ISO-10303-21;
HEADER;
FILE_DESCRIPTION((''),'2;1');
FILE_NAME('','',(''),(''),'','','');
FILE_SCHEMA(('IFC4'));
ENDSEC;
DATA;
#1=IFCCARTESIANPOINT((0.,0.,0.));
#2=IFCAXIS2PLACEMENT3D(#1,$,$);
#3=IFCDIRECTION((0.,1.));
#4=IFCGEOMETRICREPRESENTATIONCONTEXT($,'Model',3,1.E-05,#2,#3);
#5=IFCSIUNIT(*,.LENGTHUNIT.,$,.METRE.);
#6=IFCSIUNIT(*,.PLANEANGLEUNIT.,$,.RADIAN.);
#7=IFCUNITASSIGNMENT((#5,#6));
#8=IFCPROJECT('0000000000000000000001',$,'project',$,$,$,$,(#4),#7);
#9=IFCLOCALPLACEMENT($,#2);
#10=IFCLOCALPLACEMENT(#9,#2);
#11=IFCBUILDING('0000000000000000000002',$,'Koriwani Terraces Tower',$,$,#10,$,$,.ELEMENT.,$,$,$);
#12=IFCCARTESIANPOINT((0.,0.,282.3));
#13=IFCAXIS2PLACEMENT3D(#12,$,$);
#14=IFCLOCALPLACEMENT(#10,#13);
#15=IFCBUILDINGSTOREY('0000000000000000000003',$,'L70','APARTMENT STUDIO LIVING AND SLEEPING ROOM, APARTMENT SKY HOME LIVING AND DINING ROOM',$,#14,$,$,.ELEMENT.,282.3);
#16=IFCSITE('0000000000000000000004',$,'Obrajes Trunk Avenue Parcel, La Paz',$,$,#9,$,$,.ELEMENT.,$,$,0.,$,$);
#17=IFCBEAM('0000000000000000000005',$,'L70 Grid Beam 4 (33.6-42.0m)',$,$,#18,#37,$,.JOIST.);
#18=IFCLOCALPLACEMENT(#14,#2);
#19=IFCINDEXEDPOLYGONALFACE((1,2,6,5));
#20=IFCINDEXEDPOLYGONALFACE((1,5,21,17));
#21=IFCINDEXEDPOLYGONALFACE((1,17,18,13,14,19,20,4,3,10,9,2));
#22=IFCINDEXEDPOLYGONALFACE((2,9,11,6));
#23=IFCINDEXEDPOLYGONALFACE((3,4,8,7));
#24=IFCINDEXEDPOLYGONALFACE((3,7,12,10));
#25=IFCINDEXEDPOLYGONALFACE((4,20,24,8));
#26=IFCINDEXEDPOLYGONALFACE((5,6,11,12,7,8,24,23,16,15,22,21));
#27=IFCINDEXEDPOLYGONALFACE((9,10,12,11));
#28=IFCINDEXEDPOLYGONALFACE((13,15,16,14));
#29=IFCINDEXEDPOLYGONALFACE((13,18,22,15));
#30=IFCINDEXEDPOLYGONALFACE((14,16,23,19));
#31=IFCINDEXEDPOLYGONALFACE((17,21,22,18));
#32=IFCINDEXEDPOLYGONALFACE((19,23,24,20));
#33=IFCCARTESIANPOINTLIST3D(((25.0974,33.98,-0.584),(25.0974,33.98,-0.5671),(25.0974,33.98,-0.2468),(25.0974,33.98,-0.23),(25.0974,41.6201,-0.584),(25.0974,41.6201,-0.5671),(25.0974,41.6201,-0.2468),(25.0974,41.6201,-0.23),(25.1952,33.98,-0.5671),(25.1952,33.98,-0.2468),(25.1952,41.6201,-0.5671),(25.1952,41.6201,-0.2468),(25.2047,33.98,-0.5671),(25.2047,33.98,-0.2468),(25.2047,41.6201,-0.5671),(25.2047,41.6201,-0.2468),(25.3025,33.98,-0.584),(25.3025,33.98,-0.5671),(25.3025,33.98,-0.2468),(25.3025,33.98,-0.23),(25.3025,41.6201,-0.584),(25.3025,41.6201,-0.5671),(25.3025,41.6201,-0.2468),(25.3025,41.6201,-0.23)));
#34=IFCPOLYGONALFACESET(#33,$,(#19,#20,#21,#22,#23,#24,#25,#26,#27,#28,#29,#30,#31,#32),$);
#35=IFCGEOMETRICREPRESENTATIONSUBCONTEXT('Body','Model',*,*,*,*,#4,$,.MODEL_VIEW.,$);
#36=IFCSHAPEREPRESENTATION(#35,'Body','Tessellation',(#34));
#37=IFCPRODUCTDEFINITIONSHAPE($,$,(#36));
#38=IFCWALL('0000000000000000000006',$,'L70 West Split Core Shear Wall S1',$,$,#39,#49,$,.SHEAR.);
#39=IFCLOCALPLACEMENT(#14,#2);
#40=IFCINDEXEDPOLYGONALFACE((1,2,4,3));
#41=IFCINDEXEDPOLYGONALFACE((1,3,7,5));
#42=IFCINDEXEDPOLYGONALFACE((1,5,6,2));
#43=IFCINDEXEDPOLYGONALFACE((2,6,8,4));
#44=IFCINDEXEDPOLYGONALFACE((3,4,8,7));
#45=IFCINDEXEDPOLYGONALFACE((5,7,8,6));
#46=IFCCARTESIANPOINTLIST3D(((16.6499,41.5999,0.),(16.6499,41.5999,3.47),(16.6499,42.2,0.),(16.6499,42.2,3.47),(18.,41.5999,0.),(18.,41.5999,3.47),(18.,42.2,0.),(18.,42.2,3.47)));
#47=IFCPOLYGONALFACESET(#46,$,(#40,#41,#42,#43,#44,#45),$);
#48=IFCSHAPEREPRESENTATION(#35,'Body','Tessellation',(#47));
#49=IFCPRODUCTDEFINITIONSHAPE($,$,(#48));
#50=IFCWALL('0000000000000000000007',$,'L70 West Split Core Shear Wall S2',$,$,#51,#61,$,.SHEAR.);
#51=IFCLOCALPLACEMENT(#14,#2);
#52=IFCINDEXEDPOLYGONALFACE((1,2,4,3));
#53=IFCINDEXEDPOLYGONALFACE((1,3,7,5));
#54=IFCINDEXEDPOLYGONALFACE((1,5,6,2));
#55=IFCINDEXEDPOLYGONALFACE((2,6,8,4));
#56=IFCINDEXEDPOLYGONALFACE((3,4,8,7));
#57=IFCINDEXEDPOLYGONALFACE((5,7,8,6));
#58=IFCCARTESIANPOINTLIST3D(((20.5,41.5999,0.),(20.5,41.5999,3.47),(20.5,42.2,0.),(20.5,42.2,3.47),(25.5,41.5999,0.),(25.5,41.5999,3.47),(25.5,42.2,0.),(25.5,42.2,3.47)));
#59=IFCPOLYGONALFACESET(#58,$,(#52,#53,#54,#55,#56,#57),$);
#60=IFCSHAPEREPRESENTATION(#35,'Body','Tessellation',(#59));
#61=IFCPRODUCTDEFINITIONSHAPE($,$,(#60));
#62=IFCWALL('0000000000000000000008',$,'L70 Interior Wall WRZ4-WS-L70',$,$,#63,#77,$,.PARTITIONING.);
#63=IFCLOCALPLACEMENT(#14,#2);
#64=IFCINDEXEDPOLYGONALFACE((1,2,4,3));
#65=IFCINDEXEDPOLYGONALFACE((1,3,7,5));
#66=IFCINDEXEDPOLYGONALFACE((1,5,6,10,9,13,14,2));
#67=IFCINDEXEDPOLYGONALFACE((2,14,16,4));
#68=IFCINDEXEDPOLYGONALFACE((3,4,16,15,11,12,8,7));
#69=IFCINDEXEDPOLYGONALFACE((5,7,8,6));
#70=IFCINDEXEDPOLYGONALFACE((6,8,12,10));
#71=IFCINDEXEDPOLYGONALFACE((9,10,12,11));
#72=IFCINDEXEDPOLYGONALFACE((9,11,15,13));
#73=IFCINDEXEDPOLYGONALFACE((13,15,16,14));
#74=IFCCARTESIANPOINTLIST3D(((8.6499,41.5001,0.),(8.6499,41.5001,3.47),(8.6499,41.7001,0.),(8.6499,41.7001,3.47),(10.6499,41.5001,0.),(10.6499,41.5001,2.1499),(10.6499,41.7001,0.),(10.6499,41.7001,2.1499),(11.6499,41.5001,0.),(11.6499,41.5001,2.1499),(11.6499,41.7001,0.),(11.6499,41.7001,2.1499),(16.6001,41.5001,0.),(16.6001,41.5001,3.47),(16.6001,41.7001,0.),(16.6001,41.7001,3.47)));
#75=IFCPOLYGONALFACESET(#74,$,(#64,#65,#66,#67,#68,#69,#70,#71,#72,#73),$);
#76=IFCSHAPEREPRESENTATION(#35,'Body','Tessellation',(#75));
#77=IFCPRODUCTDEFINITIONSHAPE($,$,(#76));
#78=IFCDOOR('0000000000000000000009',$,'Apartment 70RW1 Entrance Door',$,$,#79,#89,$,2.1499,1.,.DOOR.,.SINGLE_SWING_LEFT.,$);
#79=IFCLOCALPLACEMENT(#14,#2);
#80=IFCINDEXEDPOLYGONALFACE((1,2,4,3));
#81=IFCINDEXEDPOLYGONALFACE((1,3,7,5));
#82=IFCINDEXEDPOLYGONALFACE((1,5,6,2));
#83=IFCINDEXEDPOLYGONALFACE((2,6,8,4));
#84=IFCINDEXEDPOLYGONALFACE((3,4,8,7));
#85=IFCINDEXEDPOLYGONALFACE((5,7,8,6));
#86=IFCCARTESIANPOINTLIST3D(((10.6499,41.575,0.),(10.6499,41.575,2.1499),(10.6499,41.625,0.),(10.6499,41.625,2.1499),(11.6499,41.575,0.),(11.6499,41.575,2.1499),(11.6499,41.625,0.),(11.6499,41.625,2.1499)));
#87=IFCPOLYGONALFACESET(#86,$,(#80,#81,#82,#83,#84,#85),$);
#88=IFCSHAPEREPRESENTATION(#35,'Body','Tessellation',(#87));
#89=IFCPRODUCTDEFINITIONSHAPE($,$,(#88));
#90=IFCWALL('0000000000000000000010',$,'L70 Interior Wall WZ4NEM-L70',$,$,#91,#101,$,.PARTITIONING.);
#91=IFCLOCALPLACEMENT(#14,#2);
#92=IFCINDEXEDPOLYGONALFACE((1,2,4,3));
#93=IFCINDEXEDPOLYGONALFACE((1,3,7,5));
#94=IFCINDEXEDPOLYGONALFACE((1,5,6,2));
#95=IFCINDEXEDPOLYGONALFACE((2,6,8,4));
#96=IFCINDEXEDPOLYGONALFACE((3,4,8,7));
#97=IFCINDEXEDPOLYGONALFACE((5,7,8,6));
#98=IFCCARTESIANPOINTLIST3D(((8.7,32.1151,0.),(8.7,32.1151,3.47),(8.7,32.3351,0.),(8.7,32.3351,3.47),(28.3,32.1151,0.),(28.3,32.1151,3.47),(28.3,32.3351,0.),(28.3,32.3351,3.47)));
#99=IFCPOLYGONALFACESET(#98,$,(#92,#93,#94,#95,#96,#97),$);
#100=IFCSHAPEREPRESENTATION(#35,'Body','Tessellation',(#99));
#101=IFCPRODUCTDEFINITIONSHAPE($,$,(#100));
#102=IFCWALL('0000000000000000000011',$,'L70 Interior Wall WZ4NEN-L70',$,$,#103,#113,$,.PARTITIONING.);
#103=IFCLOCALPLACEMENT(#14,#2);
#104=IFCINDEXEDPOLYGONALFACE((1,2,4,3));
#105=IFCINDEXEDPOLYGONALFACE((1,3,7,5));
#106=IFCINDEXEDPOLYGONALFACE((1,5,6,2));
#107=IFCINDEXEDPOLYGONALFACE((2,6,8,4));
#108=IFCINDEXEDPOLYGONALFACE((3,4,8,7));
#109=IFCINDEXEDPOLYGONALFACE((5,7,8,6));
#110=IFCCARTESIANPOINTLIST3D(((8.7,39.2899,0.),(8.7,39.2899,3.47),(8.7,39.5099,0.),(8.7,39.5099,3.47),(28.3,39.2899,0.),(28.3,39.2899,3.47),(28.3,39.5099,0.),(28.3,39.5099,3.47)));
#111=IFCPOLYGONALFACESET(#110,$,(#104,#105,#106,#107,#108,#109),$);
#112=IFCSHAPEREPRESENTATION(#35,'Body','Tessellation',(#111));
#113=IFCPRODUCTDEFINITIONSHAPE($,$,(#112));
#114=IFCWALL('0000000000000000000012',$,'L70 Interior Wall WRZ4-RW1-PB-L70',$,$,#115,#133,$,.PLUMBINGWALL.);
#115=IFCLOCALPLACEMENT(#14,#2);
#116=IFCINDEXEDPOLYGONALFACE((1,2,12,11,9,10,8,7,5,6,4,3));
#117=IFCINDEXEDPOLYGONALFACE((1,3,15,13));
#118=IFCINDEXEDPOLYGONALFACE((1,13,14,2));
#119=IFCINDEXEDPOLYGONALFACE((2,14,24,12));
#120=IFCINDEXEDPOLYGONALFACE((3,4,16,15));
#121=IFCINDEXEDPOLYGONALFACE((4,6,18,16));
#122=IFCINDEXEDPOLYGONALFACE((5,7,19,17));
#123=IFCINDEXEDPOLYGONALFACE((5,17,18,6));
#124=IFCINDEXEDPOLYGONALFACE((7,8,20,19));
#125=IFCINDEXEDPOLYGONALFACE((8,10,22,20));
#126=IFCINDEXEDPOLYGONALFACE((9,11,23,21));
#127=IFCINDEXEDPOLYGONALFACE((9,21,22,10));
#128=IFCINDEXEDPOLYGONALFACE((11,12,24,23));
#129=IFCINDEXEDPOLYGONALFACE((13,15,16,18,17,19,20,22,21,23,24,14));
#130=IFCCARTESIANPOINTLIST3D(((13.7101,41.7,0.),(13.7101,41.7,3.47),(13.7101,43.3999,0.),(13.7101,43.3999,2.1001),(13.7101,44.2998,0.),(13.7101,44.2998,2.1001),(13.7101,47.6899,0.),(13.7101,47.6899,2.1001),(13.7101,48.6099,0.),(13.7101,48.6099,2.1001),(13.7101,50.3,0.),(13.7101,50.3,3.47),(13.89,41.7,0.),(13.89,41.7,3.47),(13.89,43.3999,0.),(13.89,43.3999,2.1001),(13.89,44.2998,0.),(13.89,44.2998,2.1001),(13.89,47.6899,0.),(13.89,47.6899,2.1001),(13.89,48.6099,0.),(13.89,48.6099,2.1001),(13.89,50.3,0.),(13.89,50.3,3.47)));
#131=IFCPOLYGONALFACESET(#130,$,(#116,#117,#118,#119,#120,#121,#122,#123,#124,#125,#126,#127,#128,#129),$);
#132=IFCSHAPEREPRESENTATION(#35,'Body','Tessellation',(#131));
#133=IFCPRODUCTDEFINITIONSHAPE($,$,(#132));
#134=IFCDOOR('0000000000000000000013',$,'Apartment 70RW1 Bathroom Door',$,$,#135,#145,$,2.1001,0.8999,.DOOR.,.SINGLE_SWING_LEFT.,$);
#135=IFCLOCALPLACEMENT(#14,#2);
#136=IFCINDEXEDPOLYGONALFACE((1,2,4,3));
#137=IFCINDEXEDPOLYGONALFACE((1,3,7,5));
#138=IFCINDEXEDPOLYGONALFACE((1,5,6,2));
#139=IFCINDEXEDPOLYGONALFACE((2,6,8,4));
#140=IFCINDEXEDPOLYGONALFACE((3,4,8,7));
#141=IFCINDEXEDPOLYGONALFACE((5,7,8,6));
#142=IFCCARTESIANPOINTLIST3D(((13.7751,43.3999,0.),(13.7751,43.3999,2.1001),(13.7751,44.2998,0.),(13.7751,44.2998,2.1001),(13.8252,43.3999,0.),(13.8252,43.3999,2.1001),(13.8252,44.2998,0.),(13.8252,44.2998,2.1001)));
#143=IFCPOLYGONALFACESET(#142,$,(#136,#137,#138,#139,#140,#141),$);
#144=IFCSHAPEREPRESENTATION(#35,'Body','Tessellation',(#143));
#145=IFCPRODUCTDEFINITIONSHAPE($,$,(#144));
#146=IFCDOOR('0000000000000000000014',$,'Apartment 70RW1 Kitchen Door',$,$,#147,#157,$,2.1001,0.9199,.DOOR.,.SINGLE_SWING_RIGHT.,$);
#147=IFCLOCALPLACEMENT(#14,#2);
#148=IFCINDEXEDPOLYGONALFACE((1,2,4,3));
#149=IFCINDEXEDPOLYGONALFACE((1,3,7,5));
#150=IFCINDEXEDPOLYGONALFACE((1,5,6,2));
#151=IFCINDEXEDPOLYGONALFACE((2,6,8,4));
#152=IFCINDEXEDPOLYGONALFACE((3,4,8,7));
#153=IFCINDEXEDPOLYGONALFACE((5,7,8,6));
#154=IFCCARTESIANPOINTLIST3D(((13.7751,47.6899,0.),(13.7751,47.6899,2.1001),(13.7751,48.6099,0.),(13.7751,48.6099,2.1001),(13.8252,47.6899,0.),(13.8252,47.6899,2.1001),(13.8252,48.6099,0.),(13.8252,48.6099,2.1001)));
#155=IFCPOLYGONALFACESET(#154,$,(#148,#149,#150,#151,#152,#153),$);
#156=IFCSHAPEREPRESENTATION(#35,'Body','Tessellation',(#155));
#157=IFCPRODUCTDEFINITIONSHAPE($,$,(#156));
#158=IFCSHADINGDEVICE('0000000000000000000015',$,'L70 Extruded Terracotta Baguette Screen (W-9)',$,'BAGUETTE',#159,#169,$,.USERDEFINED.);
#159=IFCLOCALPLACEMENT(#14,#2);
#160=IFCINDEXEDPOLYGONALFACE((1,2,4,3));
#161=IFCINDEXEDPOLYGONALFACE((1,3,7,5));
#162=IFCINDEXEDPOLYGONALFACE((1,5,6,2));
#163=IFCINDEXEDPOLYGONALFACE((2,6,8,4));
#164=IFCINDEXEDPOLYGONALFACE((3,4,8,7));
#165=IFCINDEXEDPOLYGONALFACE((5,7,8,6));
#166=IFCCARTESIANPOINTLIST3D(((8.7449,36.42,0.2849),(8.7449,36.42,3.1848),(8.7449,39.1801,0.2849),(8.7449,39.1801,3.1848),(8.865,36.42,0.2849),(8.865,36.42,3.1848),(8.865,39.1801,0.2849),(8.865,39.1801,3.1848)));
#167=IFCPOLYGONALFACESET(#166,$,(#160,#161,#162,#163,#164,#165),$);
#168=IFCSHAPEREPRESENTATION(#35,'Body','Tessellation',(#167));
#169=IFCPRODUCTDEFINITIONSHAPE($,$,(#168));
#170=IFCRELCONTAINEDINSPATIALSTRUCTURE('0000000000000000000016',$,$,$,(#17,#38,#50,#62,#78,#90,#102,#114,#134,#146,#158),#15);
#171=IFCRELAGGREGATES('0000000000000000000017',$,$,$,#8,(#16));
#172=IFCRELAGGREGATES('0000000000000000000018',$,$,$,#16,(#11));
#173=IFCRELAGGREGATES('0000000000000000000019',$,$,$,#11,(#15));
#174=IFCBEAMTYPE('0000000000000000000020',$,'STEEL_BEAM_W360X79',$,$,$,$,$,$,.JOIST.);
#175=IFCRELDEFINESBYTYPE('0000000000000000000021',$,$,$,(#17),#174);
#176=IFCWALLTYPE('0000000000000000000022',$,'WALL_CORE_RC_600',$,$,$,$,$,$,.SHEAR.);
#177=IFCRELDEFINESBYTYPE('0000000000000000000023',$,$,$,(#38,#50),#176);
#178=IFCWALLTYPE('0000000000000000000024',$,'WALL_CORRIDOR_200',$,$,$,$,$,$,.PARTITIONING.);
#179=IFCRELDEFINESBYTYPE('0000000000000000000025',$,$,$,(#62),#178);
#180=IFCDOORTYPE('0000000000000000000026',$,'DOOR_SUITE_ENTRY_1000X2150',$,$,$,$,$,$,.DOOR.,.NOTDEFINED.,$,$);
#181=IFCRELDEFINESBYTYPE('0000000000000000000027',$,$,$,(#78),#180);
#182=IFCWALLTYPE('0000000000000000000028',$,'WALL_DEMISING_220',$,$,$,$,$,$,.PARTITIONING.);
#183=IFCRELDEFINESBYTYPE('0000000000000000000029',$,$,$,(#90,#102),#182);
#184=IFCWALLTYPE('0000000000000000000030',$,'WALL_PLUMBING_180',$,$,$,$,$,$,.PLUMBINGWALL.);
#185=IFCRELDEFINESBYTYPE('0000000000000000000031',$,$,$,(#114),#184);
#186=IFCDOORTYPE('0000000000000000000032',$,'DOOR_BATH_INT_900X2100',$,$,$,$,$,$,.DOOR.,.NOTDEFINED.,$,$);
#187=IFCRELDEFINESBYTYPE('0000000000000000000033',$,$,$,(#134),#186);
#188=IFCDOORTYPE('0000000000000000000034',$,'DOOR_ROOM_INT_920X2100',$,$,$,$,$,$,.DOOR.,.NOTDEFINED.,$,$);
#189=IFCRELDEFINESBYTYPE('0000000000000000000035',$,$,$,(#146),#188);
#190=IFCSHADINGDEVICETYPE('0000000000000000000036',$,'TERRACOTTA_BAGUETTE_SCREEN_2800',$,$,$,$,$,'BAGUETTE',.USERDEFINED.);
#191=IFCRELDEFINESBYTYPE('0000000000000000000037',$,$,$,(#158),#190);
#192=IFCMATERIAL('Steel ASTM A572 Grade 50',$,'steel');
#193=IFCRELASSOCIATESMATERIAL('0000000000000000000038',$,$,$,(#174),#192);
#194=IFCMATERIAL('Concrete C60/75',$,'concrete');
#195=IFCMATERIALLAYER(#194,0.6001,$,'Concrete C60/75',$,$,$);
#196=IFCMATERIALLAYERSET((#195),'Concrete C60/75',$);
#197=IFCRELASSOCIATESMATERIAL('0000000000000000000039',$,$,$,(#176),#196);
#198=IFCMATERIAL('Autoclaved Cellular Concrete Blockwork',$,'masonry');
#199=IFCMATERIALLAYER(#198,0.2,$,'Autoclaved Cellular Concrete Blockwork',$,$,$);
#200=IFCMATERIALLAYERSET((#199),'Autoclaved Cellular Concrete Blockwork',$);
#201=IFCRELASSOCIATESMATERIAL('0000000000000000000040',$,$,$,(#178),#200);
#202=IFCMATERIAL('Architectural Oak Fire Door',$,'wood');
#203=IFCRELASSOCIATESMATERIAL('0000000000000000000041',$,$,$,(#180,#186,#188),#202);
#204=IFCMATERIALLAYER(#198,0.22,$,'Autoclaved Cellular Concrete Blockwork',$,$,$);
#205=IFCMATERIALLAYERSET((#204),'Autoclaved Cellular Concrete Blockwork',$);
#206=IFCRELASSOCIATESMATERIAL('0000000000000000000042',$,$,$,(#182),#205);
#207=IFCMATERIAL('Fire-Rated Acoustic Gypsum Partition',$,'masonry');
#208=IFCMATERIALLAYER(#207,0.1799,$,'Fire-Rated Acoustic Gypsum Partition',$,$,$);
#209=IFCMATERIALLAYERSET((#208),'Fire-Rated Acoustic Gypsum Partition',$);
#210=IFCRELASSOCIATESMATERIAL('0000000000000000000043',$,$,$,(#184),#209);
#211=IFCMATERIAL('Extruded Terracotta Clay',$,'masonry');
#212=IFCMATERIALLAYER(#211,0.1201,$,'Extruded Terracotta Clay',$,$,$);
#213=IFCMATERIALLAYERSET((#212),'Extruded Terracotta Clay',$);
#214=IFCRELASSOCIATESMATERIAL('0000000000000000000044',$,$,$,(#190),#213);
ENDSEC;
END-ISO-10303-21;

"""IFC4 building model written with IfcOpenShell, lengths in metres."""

from ifc_helpers import new_model, si_unit, direction, frame, frame_2d, origin, origin_2d, place, context, subcontext, project, spatial, rectangle, i_section, extrude, material, layer, layer_set, material_profile, profile_set, type_object, element, fill, save


model = new_model("IFC4")

# Units and contexts
model_context = context("Model", 3, precision=1e-05, world=origin(), true_north=direction((0.0, 1.0)))
body_context = subcontext(model_context, "Body", "Model", "MODEL_VIEW")
ifc_project = project(units=[si_unit("LENGTHUNIT", "METRE"), si_unit("PLANEANGLEUNIT", "RADIAN")], contexts=[model_context])

# Site, building, storey
site_placement = place(None, origin())
site = spatial("IfcSite", under=ifc_project, at=site_placement, Name="Obrajes Trunk Avenue Parcel, La Paz", CompositionType="ELEMENT", RefElevation=0.0)
building_placement = place(site_placement, origin())
building = spatial("IfcBuilding", under=site, at=building_placement, Name="Koriwani Terraces Tower", CompositionType="ELEMENT")
storey_placement = place(building_placement, frame((0.0, 0.0, 282.3)))
storey = spatial("IfcBuildingStorey", under=building, at=storey_placement, Name="L70", Description="APARTMENT STUDIO LIVING AND SLEEPING ROOM, APARTMENT SKY HOME LIVING AND DINING ROOM", CompositionType="ELEMENT", Elevation=282.3)

# Beam
ifc_material_1 = material(Name="Steel ASTM A572 Grade 50", Category="steel")
ifc_material_profile_1 = material_profile(ifc_material_1, i_section(OverallWidth=0.2051, OverallDepth=0.354, WebThickness=0.0095, FlangeThickness=0.0168, at=origin_2d()), Name="Steel ASTM A572 Grade 50", Category="LoadBearing")
ifc_profile_set_1 = profile_set([ifc_material_profile_1], Name="Steel ASTM A572 Grade 50")
beam_type_1 = type_object("IfcBeamType", Name="STEEL_BEAM_W360X79", PredefinedType="JOIST", material=ifc_profile_set_1)
beam_1_placement = place(storey_placement, frame((25.2, 33.98, -0.407), z_axis=(0.0, 1.0, 0.0), x_axis=(-1.0, 0.0, 0.0)))
element("IfcBeam", 1, at=beam_1_placement, inside=storey, type_object=beam_type_1, Name="L70 Grid Beam 4 (33.6-42.0m)", PredefinedType="JOIST", context=body_context, shape_type="SweptSolid", body=[
    extrude(i_section(OverallWidth=0.2051, OverallDepth=0.354, WebThickness=0.0095, FlangeThickness=0.0168, at=origin_2d()), origin(), (0.0, 0.0, 1.0), 7.6401),
])

# Walls
ifc_material_2 = material(Name="Concrete C60/75", Category="concrete")
ifc_layer_1 = layer(ifc_material_2, 0.6001, Name="Concrete C60/75")
ifc_layer_set_1 = layer_set([ifc_layer_1], Name="Concrete C60/75")
wall_type_1 = type_object("IfcWallType", Name="WALL_CORE_RC_600", PredefinedType="SHEAR", material=ifc_layer_set_1)
wall_1_placement = place(storey_placement, frame((16.6499, 41.8999, 0.0), z_axis=(0.0, 0.0, 1.0), x_axis=(1.0, 0.0, 0.0)))
element("IfcWall", 2, at=wall_1_placement, inside=storey, type_object=wall_type_1, Name="L70 West Split Core Shear Wall S1", PredefinedType="SHEAR", context=body_context, shape_type="SweptSolid", body=[
    extrude(rectangle(XDim=1.3501, YDim=0.6001, at=frame_2d((0.675, 0.0))), origin(), (0.0, 0.0, 1.0), 3.47),
])
wall_2_placement = place(storey_placement, frame((20.5, 41.8999, 0.0), z_axis=(0.0, 0.0, 1.0), x_axis=(1.0, 0.0, 0.0)))
element("IfcWall", 3, at=wall_2_placement, inside=storey, type_object=wall_type_1, Name="L70 West Split Core Shear Wall S2", PredefinedType="SHEAR", context=body_context, shape_type="SweptSolid", body=[
    extrude(rectangle(XDim=5.0, YDim=0.6001, at=frame_2d((2.5, 0.0))), origin(), (0.0, 0.0, 1.0), 3.47),
])

# Wall, opening, door
ifc_material_3 = material(Name="Autoclaved Cellular Concrete Blockwork", Category="masonry")
ifc_layer_2 = layer(ifc_material_3, 0.2, Name="Autoclaved Cellular Concrete Blockwork")
ifc_layer_set_2 = layer_set([ifc_layer_2], Name="Autoclaved Cellular Concrete Blockwork")
wall_type_2 = type_object("IfcWallType", Name="WALL_CORRIDOR_200", PredefinedType="PARTITIONING", material=ifc_layer_set_2)
wall_3_placement = place(storey_placement, frame((8.6499, 41.6001, 0.0), z_axis=(0.0, 0.0, 1.0), x_axis=(1.0, 0.0, 0.0)))
wall_3 = element("IfcWall", 4, at=wall_3_placement, inside=storey, type_object=wall_type_2, Name="L70 Interior Wall WRZ4-WS-L70", PredefinedType="PARTITIONING", context=body_context, shape_type="SweptSolid", body=[
    extrude(rectangle(XDim=7.9502, YDim=0.2, at=frame_2d((3.9751, 0.0))), origin(), (0.0, 0.0, 1.0), 3.47),
])
opening_1_placement = place(wall_3_placement, frame((2.0, 0.0, 0.0)))
opening_1 = element("IfcOpeningElement", 5, at=opening_1_placement, cuts=wall_3, PredefinedType="OPENING", context=body_context, shape_type="SweptSolid", body=[
    extrude(rectangle(XDim=1.0, YDim=2.1499, at=frame_2d((0.5, 1.075))), frame((0.0, 0.1099, 0.0), z_axis=(0.0, -1.0, 0.0), x_axis=(1.0, 0.0, 0.0)), (0.0, 0.0, 1.0), 0.22),
])
ifc_material_4 = material(Name="Architectural Oak Fire Door", Category="wood")
door_type_1 = type_object("IfcDoorType", Name="DOOR_SUITE_ENTRY_1000X2150", OperationType="NOTDEFINED", PredefinedType="DOOR", material=ifc_material_4)
door_1_placement = place(opening_1_placement, origin())
door_1 = element("IfcDoor", 6, at=door_1_placement, inside=storey, type_object=door_type_1, Name="Apartment 70RW1 Entrance Door", OperationType="SINGLE_SWING_LEFT", OverallHeight=2.1499, OverallWidth=1.0, PredefinedType="DOOR", context=body_context, shape_type="SweptSolid", body=[
    extrude(rectangle(XDim=1.0, YDim=2.1499, at=frame_2d((0.5, 1.075))), frame((0.0, 0.0249, 0.0), z_axis=(0.0, -1.0, 0.0), x_axis=(1.0, 0.0, 0.0)), (0.0, 0.0, 1.0), 0.05),
])
fill(opening_1, door_1)

# Walls
ifc_layer_3 = layer(ifc_material_3, 0.22, Name="Autoclaved Cellular Concrete Blockwork")
ifc_layer_set_3 = layer_set([ifc_layer_3], Name="Autoclaved Cellular Concrete Blockwork")
wall_type_3 = type_object("IfcWallType", Name="WALL_DEMISING_220", PredefinedType="PARTITIONING", material=ifc_layer_set_3)
for number, where, z_axis, x_axis, name in (
    (7, (8.7, 32.2251, 0.0), (0.0, 0.0, 1.0), (1.0, 0.0, 0.0), "L70 Interior Wall WZ4NEM-L70"),
    (8, (8.7, 39.3999, 0.0), (0.0, 0.0, 1.0), (1.0, 0.0, 0.0), "L70 Interior Wall WZ4NEN-L70"),
):
    element("IfcWall", number, at=place(storey_placement, frame(where, z_axis=z_axis, x_axis=x_axis)), inside=storey, type_object=wall_type_3, Name=name, PredefinedType="PARTITIONING", context=body_context, shape_type="SweptSolid", body=[
        extrude(rectangle(XDim=19.6001, YDim=0.22, at=frame_2d((9.8, 0.0))), origin(), (0.0, 0.0, 1.0), 3.47),
    ])

# Wall, openings, doors
ifc_material_5 = material(Name="Fire-Rated Acoustic Gypsum Partition", Category="masonry")
ifc_layer_4 = layer(ifc_material_5, 0.1799, Name="Fire-Rated Acoustic Gypsum Partition")
ifc_layer_set_4 = layer_set([ifc_layer_4], Name="Fire-Rated Acoustic Gypsum Partition")
wall_type_4 = type_object("IfcWallType", Name="WALL_PLUMBING_180", PredefinedType="PLUMBINGWALL", material=ifc_layer_set_4)
wall_4_placement = place(storey_placement, frame((13.8, 41.7, 0.0), z_axis=(0.0, 0.0, 1.0), x_axis=(0.0, 1.0, 0.0)))
wall_4 = element("IfcWall", 9, at=wall_4_placement, inside=storey, type_object=wall_type_4, Name="L70 Interior Wall WRZ4-RW1-PB-L70", PredefinedType="PLUMBINGWALL", context=body_context, shape_type="SweptSolid", body=[
    extrude(rectangle(XDim=8.6001, YDim=0.1799, at=frame_2d((4.3, 0.0))), origin(), (0.0, 0.0, 1.0), 3.47),
])
opening_2_placement = place(wall_4_placement, frame((1.7, 0.0, 0.0)))
opening_2 = element("IfcOpeningElement", 10, at=opening_2_placement, cuts=wall_4, PredefinedType="OPENING", context=body_context, shape_type="SweptSolid", body=[
    extrude(rectangle(XDim=0.8999, YDim=2.1001, at=frame_2d((0.45, 1.05))), frame((0.0, 0.1001, 0.0), z_axis=(0.0, -1.0, 0.0), x_axis=(1.0, 0.0, 0.0)), (0.0, 0.0, 1.0), 0.2),
])
opening_3_placement = place(wall_4_placement, frame((5.99, 0.0, 0.0)))
opening_3 = element("IfcOpeningElement", 11, at=opening_3_placement, cuts=wall_4, PredefinedType="OPENING", context=body_context, shape_type="SweptSolid", body=[
    extrude(rectangle(XDim=0.9199, YDim=2.1001, at=frame_2d((0.46, 1.05))), frame((0.0, 0.1001, 0.0), z_axis=(0.0, -1.0, 0.0), x_axis=(1.0, 0.0, 0.0)), (0.0, 0.0, 1.0), 0.2),
])
door_type_2 = type_object("IfcDoorType", Name="DOOR_BATH_INT_900X2100", OperationType="NOTDEFINED", PredefinedType="DOOR", material=ifc_material_4)
door_2_placement = place(opening_2_placement, origin())
door_2 = element("IfcDoor", 12, at=door_2_placement, inside=storey, type_object=door_type_2, Name="Apartment 70RW1 Bathroom Door", OperationType="SINGLE_SWING_LEFT", OverallHeight=2.1001, OverallWidth=0.8999, PredefinedType="DOOR", context=body_context, shape_type="SweptSolid", body=[
    extrude(rectangle(XDim=0.8999, YDim=2.1001, at=frame_2d((0.45, 1.05))), frame((0.0, 0.0249, 0.0), z_axis=(0.0, -1.0, 0.0), x_axis=(1.0, 0.0, 0.0)), (0.0, 0.0, 1.0), 0.05),
])
fill(opening_2, door_2)
door_type_3 = type_object("IfcDoorType", Name="DOOR_ROOM_INT_920X2100", OperationType="NOTDEFINED", PredefinedType="DOOR", material=ifc_material_4)
door_3_placement = place(opening_3_placement, origin())
door_3 = element("IfcDoor", 13, at=door_3_placement, inside=storey, type_object=door_type_3, Name="Apartment 70RW1 Kitchen Door", OperationType="SINGLE_SWING_RIGHT", OverallHeight=2.1001, OverallWidth=0.9199, PredefinedType="DOOR", context=body_context, shape_type="SweptSolid", body=[
    extrude(rectangle(XDim=0.9199, YDim=2.1001, at=frame_2d((0.46, 1.05))), frame((0.0, 0.0249, 0.0), z_axis=(0.0, -1.0, 0.0), x_axis=(1.0, 0.0, 0.0)), (0.0, 0.0, 1.0), 0.05),
])
fill(opening_3, door_3)

# Shading device
ifc_material_6 = material(Name="Extruded Terracotta Clay", Category="masonry")
ifc_layer_5 = layer(ifc_material_6, 0.1201, Name="Extruded Terracotta Clay")
ifc_layer_set_5 = layer_set([ifc_layer_5], Name="Extruded Terracotta Clay")
shading_device_type = type_object("IfcShadingDeviceType", Name="TERRACOTTA_BAGUETTE_SCREEN_2800", ElementType="BAGUETTE", PredefinedType="USERDEFINED", material=ifc_layer_set_5)
shading_device_placement = place(storey_placement, frame((8.8049, 37.8, 0.2849), z_axis=(0.0, 0.0, 1.0), x_axis=(0.0, 1.0, 0.0)))
element("IfcShadingDevice", 14, at=shading_device_placement, inside=storey, type_object=shading_device_type, Name="L70 Extruded Terracotta Baguette Screen (W-9)", ObjectType="BAGUETTE", PredefinedType="USERDEFINED", context=body_context, shape_type="SweptSolid", body=[
    extrude(rectangle(XDim=2.76, YDim=0.1201, at=origin_2d()), origin(), (0.0, 0.0, 1.0), 2.8999),
])

save(model, "model.ifc")
